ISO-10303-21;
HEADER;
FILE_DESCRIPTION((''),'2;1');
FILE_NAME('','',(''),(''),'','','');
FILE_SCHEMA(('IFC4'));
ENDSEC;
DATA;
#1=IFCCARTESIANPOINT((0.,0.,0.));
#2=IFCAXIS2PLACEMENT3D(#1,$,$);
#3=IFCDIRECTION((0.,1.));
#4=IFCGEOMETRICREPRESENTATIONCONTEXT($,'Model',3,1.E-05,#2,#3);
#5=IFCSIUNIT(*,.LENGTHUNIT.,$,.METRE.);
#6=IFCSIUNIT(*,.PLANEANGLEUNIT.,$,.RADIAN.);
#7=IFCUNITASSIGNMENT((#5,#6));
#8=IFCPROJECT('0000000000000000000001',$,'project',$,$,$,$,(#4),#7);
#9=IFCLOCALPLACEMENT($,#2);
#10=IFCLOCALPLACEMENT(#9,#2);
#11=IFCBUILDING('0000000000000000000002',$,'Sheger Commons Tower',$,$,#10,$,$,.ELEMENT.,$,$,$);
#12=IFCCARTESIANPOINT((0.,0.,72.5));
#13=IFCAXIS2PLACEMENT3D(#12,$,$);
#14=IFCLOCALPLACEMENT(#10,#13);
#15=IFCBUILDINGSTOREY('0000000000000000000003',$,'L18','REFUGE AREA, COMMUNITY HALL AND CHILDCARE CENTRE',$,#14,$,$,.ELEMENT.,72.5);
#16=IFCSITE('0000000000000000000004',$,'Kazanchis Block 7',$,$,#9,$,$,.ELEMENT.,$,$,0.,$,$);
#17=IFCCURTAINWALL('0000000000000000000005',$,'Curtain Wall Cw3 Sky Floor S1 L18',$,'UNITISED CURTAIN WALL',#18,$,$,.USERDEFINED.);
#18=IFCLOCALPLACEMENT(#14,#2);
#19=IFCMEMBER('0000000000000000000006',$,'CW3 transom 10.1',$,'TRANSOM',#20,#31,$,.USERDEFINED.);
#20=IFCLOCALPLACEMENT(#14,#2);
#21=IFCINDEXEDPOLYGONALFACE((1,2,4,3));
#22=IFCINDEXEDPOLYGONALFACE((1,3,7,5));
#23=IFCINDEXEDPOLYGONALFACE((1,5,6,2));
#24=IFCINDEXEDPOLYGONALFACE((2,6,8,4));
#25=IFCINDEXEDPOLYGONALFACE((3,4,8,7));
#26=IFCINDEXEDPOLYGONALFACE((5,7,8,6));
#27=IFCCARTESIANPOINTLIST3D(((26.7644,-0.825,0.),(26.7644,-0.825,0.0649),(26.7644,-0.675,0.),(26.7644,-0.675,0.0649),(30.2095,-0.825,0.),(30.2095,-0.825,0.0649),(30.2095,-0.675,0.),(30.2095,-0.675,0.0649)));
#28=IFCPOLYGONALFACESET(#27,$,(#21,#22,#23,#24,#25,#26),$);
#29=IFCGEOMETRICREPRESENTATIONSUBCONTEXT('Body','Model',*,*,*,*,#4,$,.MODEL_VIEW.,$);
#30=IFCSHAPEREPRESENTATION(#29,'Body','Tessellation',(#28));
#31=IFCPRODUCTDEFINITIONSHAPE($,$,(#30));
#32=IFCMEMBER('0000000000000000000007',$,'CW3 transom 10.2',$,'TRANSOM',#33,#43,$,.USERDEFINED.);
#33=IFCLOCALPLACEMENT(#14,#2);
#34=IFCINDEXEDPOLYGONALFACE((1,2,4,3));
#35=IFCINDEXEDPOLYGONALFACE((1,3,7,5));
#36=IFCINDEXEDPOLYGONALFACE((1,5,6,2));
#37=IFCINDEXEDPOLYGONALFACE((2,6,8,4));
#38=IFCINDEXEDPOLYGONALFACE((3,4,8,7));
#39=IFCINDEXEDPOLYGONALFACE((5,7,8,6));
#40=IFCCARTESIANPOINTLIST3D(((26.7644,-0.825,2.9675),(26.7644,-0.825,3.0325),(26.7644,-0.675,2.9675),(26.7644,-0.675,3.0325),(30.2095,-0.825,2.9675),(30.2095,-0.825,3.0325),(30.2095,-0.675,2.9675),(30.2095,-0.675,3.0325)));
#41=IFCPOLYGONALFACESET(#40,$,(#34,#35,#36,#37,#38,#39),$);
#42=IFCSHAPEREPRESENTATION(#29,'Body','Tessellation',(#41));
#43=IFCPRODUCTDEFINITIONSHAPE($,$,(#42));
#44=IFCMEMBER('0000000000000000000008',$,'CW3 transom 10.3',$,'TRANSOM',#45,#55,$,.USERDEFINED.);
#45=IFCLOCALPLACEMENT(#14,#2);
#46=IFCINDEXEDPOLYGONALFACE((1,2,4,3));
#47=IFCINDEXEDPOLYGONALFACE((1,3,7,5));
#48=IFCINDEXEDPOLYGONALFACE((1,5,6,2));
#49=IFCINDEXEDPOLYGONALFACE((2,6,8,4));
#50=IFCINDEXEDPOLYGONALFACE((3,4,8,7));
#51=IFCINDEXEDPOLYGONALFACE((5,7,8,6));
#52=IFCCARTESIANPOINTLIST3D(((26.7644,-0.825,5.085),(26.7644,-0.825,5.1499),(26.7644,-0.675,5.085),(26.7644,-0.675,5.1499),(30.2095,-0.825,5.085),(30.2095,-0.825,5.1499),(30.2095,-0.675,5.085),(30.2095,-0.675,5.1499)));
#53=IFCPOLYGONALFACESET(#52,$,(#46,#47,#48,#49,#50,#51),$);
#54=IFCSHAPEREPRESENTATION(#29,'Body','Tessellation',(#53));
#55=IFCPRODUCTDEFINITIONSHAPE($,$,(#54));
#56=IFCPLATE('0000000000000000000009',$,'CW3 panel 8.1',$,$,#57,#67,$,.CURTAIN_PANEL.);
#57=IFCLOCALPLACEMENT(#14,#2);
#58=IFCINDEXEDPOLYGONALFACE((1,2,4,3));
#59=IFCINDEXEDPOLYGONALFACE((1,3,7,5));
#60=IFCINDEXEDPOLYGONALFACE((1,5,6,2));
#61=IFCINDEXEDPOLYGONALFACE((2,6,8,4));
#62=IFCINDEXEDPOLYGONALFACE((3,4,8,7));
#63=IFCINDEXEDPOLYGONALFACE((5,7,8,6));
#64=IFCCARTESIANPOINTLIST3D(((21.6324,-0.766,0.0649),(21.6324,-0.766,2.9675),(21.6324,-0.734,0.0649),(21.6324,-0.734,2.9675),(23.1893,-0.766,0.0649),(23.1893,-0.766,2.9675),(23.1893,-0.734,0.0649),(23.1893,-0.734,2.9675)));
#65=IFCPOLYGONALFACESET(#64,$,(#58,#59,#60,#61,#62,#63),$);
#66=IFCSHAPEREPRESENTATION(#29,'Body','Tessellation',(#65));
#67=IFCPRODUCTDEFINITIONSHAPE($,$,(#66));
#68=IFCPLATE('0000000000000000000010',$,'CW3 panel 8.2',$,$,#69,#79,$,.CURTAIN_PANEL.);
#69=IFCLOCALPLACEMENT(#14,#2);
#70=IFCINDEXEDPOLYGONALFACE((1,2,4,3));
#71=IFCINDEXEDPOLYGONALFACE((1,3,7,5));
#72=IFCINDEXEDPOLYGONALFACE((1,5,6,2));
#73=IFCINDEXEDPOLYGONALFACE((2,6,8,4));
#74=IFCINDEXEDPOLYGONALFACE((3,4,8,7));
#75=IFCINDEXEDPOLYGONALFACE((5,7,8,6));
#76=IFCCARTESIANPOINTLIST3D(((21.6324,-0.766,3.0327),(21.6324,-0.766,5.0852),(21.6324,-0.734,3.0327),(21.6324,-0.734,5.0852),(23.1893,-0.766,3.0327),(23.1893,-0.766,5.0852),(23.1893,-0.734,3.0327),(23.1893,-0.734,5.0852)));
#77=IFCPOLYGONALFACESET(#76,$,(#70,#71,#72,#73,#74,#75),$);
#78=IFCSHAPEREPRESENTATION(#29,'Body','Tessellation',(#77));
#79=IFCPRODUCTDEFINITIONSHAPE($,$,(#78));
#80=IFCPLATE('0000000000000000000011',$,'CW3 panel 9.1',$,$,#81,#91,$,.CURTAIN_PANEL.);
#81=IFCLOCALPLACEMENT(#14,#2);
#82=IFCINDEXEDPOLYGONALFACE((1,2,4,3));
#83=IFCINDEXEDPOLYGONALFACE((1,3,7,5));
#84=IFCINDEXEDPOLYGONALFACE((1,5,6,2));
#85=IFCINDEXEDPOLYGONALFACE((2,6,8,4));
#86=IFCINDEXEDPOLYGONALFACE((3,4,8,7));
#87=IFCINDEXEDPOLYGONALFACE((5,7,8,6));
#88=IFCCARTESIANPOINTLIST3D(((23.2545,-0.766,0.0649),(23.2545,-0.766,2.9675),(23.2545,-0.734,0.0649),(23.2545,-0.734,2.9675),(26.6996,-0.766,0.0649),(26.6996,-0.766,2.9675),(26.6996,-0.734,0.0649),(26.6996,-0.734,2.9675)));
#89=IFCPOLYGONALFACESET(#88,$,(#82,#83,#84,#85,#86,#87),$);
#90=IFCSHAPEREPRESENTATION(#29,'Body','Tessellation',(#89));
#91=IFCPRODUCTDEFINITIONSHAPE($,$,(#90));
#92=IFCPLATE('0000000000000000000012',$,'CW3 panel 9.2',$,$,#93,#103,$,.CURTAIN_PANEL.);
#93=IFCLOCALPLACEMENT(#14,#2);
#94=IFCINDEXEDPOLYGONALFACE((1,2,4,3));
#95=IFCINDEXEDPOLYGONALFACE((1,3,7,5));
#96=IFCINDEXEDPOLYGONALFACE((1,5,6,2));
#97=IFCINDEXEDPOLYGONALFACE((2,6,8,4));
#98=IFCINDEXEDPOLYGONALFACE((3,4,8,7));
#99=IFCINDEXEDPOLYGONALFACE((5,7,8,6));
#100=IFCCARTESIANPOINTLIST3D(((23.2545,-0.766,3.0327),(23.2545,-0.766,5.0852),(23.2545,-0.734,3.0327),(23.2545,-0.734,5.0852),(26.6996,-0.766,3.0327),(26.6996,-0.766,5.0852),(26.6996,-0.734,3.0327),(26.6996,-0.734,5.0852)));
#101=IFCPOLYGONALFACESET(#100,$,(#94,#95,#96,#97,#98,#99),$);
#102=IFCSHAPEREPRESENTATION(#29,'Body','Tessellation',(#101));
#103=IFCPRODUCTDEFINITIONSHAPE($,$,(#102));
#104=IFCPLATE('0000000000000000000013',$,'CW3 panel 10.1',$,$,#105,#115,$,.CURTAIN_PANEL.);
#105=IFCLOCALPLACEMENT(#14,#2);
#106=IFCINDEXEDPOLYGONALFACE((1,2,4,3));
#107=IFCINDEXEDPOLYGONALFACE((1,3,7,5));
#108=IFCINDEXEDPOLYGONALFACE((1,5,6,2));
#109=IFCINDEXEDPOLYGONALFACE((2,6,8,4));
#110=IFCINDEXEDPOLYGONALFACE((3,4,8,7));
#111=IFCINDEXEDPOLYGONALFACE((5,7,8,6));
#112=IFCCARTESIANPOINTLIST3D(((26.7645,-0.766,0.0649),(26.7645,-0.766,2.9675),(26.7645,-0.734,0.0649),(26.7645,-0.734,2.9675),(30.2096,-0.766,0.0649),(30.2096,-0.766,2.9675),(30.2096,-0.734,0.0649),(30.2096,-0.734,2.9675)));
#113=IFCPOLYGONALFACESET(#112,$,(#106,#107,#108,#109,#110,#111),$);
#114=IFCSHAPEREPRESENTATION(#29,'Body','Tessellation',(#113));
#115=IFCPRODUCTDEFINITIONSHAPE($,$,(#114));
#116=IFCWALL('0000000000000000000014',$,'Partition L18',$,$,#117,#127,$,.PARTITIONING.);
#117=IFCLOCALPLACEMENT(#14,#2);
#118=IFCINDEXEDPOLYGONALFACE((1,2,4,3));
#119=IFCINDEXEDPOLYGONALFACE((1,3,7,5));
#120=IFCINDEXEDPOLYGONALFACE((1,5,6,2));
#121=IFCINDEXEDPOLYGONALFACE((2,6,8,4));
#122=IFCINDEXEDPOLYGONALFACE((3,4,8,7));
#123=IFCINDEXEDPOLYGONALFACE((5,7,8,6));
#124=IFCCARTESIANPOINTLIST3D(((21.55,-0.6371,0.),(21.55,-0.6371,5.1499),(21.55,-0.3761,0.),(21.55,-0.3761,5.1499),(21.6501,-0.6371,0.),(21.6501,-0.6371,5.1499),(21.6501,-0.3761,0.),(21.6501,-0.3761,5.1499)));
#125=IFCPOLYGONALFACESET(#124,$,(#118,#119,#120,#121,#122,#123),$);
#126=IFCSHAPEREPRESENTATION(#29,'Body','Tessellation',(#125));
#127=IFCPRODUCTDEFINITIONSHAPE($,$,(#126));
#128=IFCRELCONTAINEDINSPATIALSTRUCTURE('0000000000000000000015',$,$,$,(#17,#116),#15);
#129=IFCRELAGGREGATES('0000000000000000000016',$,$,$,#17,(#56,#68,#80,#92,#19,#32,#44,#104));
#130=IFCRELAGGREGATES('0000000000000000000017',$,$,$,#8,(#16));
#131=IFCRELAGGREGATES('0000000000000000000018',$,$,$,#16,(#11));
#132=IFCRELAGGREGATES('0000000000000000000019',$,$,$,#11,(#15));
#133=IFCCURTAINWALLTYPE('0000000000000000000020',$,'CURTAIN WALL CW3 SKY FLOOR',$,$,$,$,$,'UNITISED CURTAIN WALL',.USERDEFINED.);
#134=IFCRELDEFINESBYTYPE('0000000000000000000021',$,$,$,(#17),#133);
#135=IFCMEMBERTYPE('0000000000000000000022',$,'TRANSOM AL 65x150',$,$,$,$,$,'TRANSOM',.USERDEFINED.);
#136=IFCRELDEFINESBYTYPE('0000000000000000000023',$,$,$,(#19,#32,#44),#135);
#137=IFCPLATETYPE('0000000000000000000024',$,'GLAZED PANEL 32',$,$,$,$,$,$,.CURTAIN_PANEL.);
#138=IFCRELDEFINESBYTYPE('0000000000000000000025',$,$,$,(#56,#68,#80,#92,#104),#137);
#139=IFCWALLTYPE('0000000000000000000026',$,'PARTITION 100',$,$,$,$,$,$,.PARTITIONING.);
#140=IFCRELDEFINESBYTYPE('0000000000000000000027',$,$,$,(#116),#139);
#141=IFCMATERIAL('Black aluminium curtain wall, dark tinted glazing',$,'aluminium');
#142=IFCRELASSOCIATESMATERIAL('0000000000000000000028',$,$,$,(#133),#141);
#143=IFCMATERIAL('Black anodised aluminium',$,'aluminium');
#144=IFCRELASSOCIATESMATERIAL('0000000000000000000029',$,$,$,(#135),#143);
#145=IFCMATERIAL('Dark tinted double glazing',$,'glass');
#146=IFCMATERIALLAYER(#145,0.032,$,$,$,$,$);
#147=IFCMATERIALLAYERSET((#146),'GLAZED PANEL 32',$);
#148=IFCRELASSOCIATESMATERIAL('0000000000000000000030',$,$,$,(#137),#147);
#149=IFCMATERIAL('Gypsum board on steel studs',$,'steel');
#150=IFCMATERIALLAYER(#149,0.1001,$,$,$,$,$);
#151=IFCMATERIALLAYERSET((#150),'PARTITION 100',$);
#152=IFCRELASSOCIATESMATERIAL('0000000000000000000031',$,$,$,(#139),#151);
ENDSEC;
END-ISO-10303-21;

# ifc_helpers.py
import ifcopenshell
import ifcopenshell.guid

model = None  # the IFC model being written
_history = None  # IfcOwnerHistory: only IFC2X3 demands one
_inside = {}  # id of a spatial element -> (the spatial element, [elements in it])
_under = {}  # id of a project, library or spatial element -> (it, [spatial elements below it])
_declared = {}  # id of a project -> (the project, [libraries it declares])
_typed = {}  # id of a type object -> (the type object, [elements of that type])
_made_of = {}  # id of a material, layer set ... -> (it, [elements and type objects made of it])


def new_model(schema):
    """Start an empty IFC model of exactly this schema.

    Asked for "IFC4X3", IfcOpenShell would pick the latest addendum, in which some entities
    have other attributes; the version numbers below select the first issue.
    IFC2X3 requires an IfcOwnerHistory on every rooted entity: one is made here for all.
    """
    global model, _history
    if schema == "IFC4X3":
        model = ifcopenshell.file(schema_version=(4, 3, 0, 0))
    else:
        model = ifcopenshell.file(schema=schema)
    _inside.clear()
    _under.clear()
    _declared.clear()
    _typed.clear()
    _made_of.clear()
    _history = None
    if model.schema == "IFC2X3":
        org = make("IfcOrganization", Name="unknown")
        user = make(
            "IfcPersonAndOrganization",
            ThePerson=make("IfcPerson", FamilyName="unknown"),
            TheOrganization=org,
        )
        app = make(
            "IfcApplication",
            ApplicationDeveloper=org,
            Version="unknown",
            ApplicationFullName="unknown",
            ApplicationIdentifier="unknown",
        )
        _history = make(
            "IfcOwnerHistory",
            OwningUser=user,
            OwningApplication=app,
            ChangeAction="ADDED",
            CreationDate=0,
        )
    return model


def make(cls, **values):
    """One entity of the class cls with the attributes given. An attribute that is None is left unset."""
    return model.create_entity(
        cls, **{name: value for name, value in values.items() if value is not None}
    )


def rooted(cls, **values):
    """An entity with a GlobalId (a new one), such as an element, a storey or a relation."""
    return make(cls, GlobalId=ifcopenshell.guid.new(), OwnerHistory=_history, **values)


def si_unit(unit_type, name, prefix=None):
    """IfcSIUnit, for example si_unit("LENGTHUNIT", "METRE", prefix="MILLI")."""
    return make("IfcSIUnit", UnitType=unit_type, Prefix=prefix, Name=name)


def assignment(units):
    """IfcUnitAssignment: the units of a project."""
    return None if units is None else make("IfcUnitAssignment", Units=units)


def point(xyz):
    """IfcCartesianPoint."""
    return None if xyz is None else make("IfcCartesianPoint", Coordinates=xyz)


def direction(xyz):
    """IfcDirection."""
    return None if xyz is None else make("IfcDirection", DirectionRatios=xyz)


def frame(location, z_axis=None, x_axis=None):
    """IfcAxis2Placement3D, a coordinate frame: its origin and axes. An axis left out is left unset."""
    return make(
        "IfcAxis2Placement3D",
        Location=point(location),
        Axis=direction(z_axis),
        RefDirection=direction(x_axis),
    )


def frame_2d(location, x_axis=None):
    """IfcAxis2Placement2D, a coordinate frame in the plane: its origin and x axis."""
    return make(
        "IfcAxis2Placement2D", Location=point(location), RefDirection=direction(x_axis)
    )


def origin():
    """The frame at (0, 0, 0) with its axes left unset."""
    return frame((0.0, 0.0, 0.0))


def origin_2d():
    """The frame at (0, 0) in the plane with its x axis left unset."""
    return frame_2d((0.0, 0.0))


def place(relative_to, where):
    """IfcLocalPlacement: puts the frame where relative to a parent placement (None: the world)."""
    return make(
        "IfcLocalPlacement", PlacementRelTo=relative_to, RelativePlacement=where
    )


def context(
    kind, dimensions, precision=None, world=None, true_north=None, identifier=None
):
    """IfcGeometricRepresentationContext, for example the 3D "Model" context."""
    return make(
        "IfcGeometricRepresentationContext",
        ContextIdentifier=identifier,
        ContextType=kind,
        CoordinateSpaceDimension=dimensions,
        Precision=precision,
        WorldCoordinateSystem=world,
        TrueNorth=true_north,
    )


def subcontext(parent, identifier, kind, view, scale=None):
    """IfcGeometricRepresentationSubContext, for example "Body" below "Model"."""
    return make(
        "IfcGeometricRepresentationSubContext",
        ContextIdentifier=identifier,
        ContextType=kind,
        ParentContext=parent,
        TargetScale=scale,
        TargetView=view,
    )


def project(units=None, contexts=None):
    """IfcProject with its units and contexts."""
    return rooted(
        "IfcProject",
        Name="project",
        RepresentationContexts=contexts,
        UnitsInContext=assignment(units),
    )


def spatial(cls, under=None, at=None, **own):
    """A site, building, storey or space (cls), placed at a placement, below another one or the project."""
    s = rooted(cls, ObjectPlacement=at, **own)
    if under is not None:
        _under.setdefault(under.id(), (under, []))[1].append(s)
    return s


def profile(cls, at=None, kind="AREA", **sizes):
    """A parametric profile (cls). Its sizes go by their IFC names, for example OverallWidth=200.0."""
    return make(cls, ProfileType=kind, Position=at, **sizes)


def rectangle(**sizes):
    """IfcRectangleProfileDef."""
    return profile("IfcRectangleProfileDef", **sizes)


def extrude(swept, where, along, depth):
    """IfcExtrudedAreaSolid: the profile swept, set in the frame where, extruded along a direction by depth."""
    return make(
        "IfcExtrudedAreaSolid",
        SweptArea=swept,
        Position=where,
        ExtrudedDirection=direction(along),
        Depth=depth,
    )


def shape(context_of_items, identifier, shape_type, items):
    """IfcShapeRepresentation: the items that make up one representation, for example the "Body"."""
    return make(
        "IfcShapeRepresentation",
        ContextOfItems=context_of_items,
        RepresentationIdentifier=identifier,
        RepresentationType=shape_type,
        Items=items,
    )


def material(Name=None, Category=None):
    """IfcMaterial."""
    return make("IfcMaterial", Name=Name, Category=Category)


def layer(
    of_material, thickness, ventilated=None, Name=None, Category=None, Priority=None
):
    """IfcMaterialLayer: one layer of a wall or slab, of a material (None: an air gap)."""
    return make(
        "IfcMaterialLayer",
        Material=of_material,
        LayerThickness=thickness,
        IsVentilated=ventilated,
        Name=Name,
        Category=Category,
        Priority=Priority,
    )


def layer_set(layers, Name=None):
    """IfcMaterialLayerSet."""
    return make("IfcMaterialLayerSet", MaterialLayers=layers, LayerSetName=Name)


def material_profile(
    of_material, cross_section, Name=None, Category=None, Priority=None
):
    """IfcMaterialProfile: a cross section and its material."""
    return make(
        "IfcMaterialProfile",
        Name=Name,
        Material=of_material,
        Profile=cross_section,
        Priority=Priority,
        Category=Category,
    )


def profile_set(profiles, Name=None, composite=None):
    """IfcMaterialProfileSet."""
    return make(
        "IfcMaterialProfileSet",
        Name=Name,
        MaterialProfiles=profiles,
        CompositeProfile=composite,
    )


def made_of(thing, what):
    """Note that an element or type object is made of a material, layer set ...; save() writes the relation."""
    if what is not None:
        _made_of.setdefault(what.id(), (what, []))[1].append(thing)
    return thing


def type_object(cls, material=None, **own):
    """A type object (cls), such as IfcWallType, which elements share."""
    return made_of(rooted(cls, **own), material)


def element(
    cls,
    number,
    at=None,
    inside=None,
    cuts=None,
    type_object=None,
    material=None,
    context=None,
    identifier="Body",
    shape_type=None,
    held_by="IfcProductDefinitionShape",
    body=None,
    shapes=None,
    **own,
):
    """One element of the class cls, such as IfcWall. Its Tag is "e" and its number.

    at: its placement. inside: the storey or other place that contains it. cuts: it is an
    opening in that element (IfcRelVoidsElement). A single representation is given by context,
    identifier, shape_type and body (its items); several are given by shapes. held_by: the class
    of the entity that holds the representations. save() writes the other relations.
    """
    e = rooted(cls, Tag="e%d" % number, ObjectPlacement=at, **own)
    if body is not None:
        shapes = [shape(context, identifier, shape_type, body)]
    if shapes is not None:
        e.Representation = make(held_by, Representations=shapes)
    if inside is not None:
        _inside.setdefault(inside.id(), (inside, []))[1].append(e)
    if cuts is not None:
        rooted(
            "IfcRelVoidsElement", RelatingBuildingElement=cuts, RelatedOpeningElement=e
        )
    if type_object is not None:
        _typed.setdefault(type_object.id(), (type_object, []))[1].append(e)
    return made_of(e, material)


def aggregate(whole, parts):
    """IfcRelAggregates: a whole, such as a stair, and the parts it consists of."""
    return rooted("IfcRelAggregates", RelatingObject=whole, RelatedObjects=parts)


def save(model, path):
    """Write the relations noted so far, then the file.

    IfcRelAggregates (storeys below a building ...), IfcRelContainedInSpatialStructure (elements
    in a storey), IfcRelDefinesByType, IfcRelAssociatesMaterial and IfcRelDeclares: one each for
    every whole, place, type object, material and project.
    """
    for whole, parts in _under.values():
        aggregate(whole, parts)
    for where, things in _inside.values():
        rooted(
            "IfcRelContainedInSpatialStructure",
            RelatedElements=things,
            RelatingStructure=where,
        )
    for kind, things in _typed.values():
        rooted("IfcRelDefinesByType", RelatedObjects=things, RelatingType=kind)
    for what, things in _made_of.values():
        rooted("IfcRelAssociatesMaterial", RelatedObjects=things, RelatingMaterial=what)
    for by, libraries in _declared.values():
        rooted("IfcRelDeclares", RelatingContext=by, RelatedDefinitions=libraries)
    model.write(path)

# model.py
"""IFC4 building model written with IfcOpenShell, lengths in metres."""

from ifc_helpers import new_model, si_unit, direction, frame, frame_2d, origin, origin_2d, place, context, subcontext, project, spatial, rectangle, extrude, material, layer, layer_set, material_profile, profile_set, type_object, element, aggregate, save


model = new_model("IFC4")

# Units and contexts
model_context = context("Model", 3, precision=1e-05, world=origin(), true_north=direction((0.0, 1.0)))
body_context = subcontext(model_context, "Body", "Model", "MODEL_VIEW")
ifc_project = project(units=[si_unit("LENGTHUNIT", "METRE"), si_unit("PLANEANGLEUNIT", "RADIAN")], contexts=[model_context])

# Site, building, storey
site_placement = place(None, origin())
site = spatial("IfcSite", under=ifc_project, at=site_placement, Name="Kazanchis Block 7", CompositionType="ELEMENT", RefElevation=0.0)
building_placement = place(site_placement, origin())
building = spatial("IfcBuilding", under=site, at=building_placement, Name="Sheger Commons Tower", CompositionType="ELEMENT")
storey_placement = place(building_placement, frame((0.0, 0.0, 72.5)))
storey = spatial("IfcBuildingStorey", under=building, at=storey_placement, Name="L18", Description="REFUGE AREA, COMMUNITY HALL AND CHILDCARE CENTRE", CompositionType="ELEMENT", Elevation=72.5)

# Curtain wall
ifc_material_1 = material(Name="Black aluminium curtain wall, dark tinted glazing", Category="aluminium")
curtain_wall_type = type_object("IfcCurtainWallType", Name="CURTAIN WALL CW3 SKY FLOOR", ElementType="UNITISED CURTAIN WALL", PredefinedType="USERDEFINED", material=ifc_material_1)
curtain_wall_placement = place(storey_placement, origin())
curtain_wall = element("IfcCurtainWall", 1, at=curtain_wall_placement, inside=storey, type_object=curtain_wall_type, Name="Curtain Wall Cw3 Sky Floor S1 L18", ObjectType="UNITISED CURTAIN WALL", PredefinedType="USERDEFINED")

# Members
ifc_material_2 = material(Name="Black anodised aluminium", Category="aluminium")
ifc_material_profile_1 = material_profile(ifc_material_2, rectangle(XDim=0.1499, YDim=0.0649, at=origin_2d()), Name="AL 65x150")
ifc_profile_set_1 = profile_set([ifc_material_profile_1], Name="Black anodised aluminium")
member_type_1 = type_object("IfcMemberType", Name="TRANSOM AL 65x150", ElementType="TRANSOM", PredefinedType="USERDEFINED", material=ifc_profile_set_1)
member_1_placement = place(storey_placement, frame((26.7644, -0.75, 0.0325), z_axis=(1.0, 0.0, 0.0), x_axis=(0.0, 1.0, 0.0)))
member_1 = element("IfcMember", 2, at=member_1_placement, type_object=member_type_1, Name="CW3 transom 10.1", ObjectType="TRANSOM", PredefinedType="USERDEFINED", context=body_context, shape_type="SweptSolid", body=[
    extrude(rectangle(XDim=0.1499, YDim=0.0649, at=origin_2d()), origin(), (0.0, 0.0, 1.0), 3.4451),
])
member_2_placement = place(storey_placement, frame((26.7644, -0.75, 3.0), z_axis=(1.0, 0.0, 0.0), x_axis=(0.0, 1.0, 0.0)))
member_2 = element("IfcMember", 3, at=member_2_placement, type_object=member_type_1, Name="CW3 transom 10.2", ObjectType="TRANSOM", PredefinedType="USERDEFINED", context=body_context, shape_type="SweptSolid", body=[
    extrude(rectangle(XDim=0.1499, YDim=0.0649, at=origin_2d()), origin(), (0.0, 0.0, 1.0), 3.4451),
])
member_3_placement = place(storey_placement, frame((26.7644, -0.75, 5.1174), z_axis=(1.0, 0.0, 0.0), x_axis=(0.0, 1.0, 0.0)))
member_3 = element("IfcMember", 4, at=member_3_placement, type_object=member_type_1, Name="CW3 transom 10.3", ObjectType="TRANSOM", PredefinedType="USERDEFINED", context=body_context, shape_type="SweptSolid", body=[
    extrude(rectangle(XDim=0.1499, YDim=0.0649, at=origin_2d()), origin(), (0.0, 0.0, 1.0), 3.4451),
])

# Plates
ifc_material_3 = material(Name="Dark tinted double glazing", Category="glass")
ifc_layer_1 = layer(ifc_material_3, 0.032)
ifc_layer_set_1 = layer_set([ifc_layer_1], Name="GLAZED PANEL 32")
plate_type = type_object("IfcPlateType", Name="GLAZED PANEL 32", PredefinedType="CURTAIN_PANEL", material=ifc_layer_set_1)
plate_1_placement = place(storey_placement, frame((22.4109, -0.75, 0.0649), z_axis=(0.0, 0.0, 1.0), x_axis=(1.0, 0.0, 0.0)))
plate_1 = element("IfcPlate", 5, at=plate_1_placement, type_object=plate_type, Name="CW3 panel 8.1", PredefinedType="CURTAIN_PANEL", context=body_context, shape_type="SweptSolid", body=[
    extrude(rectangle(XDim=1.5569, YDim=0.032, at=origin_2d()), origin(), (0.0, 0.0, 1.0), 2.9026),
])
plate_2_placement = place(storey_placement, frame((22.4109, -0.75, 3.0327), z_axis=(0.0, 0.0, 1.0), x_axis=(1.0, 0.0, 0.0)))
plate_2 = element("IfcPlate", 6, at=plate_2_placement, type_object=plate_type, Name="CW3 panel 8.2", PredefinedType="CURTAIN_PANEL", context=body_context, shape_type="SweptSolid", body=[
    extrude(rectangle(XDim=1.5569, YDim=0.032, at=origin_2d()), origin(), (0.0, 0.0, 1.0), 2.0525),
])
plate_3_placement = place(storey_placement, frame((24.9771, -0.75, 0.0649), z_axis=(0.0, 0.0, 1.0), x_axis=(1.0, 0.0, 0.0)))
plate_3 = element("IfcPlate", 7, at=plate_3_placement, type_object=plate_type, Name="CW3 panel 9.1", PredefinedType="CURTAIN_PANEL", context=body_context, shape_type="SweptSolid", body=[
    extrude(rectangle(XDim=3.4451, YDim=0.032, at=origin_2d()), origin(), (0.0, 0.0, 1.0), 2.9026),
])
plate_4_placement = place(storey_placement, frame((24.9771, -0.75, 3.0327), z_axis=(0.0, 0.0, 1.0), x_axis=(1.0, 0.0, 0.0)))
plate_4 = element("IfcPlate", 8, at=plate_4_placement, type_object=plate_type, Name="CW3 panel 9.2", PredefinedType="CURTAIN_PANEL", context=body_context, shape_type="SweptSolid", body=[
    extrude(rectangle(XDim=3.4451, YDim=0.032, at=origin_2d()), origin(), (0.0, 0.0, 1.0), 2.0525),
])
plate_5_placement = place(storey_placement, frame((28.4871, -0.75, 0.0649), z_axis=(0.0, 0.0, 1.0), x_axis=(1.0, 0.0, 0.0)))
plate_5 = element("IfcPlate", 9, at=plate_5_placement, type_object=plate_type, Name="CW3 panel 10.1", PredefinedType="CURTAIN_PANEL", context=body_context, shape_type="SweptSolid", body=[
    extrude(rectangle(XDim=3.4451, YDim=0.032, at=origin_2d()), origin(), (0.0, 0.0, 1.0), 2.9026),
])
aggregate(curtain_wall, [plate_1, plate_2, plate_3, plate_4, member_1, member_2, member_3, plate_5])

# Wall
ifc_material_4 = material(Name="Gypsum board on steel studs", Category="steel")
ifc_layer_2 = layer(ifc_material_4, 0.1001)
ifc_layer_set_2 = layer_set([ifc_layer_2], Name="PARTITION 100")
wall_type = type_object("IfcWallType", Name="PARTITION 100", PredefinedType="PARTITIONING", material=ifc_layer_set_2)
wall_placement = place(storey_placement, frame((21.6001, -0.637, 0.0), z_axis=(0.0, 0.0, 1.0), x_axis=(0.0, 1.0, 0.0)))
element("IfcWall", 10, at=wall_placement, inside=storey, type_object=wall_type, Name="Partition L18", PredefinedType="PARTITIONING", context=body_context, shape_type="SweptSolid", body=[
    extrude(rectangle(XDim=0.261, YDim=0.1001, at=frame_2d((0.1304, 0.0))), origin(), (0.0, 0.0, 1.0), 5.1499),
])

save(model, "model.ifc")
